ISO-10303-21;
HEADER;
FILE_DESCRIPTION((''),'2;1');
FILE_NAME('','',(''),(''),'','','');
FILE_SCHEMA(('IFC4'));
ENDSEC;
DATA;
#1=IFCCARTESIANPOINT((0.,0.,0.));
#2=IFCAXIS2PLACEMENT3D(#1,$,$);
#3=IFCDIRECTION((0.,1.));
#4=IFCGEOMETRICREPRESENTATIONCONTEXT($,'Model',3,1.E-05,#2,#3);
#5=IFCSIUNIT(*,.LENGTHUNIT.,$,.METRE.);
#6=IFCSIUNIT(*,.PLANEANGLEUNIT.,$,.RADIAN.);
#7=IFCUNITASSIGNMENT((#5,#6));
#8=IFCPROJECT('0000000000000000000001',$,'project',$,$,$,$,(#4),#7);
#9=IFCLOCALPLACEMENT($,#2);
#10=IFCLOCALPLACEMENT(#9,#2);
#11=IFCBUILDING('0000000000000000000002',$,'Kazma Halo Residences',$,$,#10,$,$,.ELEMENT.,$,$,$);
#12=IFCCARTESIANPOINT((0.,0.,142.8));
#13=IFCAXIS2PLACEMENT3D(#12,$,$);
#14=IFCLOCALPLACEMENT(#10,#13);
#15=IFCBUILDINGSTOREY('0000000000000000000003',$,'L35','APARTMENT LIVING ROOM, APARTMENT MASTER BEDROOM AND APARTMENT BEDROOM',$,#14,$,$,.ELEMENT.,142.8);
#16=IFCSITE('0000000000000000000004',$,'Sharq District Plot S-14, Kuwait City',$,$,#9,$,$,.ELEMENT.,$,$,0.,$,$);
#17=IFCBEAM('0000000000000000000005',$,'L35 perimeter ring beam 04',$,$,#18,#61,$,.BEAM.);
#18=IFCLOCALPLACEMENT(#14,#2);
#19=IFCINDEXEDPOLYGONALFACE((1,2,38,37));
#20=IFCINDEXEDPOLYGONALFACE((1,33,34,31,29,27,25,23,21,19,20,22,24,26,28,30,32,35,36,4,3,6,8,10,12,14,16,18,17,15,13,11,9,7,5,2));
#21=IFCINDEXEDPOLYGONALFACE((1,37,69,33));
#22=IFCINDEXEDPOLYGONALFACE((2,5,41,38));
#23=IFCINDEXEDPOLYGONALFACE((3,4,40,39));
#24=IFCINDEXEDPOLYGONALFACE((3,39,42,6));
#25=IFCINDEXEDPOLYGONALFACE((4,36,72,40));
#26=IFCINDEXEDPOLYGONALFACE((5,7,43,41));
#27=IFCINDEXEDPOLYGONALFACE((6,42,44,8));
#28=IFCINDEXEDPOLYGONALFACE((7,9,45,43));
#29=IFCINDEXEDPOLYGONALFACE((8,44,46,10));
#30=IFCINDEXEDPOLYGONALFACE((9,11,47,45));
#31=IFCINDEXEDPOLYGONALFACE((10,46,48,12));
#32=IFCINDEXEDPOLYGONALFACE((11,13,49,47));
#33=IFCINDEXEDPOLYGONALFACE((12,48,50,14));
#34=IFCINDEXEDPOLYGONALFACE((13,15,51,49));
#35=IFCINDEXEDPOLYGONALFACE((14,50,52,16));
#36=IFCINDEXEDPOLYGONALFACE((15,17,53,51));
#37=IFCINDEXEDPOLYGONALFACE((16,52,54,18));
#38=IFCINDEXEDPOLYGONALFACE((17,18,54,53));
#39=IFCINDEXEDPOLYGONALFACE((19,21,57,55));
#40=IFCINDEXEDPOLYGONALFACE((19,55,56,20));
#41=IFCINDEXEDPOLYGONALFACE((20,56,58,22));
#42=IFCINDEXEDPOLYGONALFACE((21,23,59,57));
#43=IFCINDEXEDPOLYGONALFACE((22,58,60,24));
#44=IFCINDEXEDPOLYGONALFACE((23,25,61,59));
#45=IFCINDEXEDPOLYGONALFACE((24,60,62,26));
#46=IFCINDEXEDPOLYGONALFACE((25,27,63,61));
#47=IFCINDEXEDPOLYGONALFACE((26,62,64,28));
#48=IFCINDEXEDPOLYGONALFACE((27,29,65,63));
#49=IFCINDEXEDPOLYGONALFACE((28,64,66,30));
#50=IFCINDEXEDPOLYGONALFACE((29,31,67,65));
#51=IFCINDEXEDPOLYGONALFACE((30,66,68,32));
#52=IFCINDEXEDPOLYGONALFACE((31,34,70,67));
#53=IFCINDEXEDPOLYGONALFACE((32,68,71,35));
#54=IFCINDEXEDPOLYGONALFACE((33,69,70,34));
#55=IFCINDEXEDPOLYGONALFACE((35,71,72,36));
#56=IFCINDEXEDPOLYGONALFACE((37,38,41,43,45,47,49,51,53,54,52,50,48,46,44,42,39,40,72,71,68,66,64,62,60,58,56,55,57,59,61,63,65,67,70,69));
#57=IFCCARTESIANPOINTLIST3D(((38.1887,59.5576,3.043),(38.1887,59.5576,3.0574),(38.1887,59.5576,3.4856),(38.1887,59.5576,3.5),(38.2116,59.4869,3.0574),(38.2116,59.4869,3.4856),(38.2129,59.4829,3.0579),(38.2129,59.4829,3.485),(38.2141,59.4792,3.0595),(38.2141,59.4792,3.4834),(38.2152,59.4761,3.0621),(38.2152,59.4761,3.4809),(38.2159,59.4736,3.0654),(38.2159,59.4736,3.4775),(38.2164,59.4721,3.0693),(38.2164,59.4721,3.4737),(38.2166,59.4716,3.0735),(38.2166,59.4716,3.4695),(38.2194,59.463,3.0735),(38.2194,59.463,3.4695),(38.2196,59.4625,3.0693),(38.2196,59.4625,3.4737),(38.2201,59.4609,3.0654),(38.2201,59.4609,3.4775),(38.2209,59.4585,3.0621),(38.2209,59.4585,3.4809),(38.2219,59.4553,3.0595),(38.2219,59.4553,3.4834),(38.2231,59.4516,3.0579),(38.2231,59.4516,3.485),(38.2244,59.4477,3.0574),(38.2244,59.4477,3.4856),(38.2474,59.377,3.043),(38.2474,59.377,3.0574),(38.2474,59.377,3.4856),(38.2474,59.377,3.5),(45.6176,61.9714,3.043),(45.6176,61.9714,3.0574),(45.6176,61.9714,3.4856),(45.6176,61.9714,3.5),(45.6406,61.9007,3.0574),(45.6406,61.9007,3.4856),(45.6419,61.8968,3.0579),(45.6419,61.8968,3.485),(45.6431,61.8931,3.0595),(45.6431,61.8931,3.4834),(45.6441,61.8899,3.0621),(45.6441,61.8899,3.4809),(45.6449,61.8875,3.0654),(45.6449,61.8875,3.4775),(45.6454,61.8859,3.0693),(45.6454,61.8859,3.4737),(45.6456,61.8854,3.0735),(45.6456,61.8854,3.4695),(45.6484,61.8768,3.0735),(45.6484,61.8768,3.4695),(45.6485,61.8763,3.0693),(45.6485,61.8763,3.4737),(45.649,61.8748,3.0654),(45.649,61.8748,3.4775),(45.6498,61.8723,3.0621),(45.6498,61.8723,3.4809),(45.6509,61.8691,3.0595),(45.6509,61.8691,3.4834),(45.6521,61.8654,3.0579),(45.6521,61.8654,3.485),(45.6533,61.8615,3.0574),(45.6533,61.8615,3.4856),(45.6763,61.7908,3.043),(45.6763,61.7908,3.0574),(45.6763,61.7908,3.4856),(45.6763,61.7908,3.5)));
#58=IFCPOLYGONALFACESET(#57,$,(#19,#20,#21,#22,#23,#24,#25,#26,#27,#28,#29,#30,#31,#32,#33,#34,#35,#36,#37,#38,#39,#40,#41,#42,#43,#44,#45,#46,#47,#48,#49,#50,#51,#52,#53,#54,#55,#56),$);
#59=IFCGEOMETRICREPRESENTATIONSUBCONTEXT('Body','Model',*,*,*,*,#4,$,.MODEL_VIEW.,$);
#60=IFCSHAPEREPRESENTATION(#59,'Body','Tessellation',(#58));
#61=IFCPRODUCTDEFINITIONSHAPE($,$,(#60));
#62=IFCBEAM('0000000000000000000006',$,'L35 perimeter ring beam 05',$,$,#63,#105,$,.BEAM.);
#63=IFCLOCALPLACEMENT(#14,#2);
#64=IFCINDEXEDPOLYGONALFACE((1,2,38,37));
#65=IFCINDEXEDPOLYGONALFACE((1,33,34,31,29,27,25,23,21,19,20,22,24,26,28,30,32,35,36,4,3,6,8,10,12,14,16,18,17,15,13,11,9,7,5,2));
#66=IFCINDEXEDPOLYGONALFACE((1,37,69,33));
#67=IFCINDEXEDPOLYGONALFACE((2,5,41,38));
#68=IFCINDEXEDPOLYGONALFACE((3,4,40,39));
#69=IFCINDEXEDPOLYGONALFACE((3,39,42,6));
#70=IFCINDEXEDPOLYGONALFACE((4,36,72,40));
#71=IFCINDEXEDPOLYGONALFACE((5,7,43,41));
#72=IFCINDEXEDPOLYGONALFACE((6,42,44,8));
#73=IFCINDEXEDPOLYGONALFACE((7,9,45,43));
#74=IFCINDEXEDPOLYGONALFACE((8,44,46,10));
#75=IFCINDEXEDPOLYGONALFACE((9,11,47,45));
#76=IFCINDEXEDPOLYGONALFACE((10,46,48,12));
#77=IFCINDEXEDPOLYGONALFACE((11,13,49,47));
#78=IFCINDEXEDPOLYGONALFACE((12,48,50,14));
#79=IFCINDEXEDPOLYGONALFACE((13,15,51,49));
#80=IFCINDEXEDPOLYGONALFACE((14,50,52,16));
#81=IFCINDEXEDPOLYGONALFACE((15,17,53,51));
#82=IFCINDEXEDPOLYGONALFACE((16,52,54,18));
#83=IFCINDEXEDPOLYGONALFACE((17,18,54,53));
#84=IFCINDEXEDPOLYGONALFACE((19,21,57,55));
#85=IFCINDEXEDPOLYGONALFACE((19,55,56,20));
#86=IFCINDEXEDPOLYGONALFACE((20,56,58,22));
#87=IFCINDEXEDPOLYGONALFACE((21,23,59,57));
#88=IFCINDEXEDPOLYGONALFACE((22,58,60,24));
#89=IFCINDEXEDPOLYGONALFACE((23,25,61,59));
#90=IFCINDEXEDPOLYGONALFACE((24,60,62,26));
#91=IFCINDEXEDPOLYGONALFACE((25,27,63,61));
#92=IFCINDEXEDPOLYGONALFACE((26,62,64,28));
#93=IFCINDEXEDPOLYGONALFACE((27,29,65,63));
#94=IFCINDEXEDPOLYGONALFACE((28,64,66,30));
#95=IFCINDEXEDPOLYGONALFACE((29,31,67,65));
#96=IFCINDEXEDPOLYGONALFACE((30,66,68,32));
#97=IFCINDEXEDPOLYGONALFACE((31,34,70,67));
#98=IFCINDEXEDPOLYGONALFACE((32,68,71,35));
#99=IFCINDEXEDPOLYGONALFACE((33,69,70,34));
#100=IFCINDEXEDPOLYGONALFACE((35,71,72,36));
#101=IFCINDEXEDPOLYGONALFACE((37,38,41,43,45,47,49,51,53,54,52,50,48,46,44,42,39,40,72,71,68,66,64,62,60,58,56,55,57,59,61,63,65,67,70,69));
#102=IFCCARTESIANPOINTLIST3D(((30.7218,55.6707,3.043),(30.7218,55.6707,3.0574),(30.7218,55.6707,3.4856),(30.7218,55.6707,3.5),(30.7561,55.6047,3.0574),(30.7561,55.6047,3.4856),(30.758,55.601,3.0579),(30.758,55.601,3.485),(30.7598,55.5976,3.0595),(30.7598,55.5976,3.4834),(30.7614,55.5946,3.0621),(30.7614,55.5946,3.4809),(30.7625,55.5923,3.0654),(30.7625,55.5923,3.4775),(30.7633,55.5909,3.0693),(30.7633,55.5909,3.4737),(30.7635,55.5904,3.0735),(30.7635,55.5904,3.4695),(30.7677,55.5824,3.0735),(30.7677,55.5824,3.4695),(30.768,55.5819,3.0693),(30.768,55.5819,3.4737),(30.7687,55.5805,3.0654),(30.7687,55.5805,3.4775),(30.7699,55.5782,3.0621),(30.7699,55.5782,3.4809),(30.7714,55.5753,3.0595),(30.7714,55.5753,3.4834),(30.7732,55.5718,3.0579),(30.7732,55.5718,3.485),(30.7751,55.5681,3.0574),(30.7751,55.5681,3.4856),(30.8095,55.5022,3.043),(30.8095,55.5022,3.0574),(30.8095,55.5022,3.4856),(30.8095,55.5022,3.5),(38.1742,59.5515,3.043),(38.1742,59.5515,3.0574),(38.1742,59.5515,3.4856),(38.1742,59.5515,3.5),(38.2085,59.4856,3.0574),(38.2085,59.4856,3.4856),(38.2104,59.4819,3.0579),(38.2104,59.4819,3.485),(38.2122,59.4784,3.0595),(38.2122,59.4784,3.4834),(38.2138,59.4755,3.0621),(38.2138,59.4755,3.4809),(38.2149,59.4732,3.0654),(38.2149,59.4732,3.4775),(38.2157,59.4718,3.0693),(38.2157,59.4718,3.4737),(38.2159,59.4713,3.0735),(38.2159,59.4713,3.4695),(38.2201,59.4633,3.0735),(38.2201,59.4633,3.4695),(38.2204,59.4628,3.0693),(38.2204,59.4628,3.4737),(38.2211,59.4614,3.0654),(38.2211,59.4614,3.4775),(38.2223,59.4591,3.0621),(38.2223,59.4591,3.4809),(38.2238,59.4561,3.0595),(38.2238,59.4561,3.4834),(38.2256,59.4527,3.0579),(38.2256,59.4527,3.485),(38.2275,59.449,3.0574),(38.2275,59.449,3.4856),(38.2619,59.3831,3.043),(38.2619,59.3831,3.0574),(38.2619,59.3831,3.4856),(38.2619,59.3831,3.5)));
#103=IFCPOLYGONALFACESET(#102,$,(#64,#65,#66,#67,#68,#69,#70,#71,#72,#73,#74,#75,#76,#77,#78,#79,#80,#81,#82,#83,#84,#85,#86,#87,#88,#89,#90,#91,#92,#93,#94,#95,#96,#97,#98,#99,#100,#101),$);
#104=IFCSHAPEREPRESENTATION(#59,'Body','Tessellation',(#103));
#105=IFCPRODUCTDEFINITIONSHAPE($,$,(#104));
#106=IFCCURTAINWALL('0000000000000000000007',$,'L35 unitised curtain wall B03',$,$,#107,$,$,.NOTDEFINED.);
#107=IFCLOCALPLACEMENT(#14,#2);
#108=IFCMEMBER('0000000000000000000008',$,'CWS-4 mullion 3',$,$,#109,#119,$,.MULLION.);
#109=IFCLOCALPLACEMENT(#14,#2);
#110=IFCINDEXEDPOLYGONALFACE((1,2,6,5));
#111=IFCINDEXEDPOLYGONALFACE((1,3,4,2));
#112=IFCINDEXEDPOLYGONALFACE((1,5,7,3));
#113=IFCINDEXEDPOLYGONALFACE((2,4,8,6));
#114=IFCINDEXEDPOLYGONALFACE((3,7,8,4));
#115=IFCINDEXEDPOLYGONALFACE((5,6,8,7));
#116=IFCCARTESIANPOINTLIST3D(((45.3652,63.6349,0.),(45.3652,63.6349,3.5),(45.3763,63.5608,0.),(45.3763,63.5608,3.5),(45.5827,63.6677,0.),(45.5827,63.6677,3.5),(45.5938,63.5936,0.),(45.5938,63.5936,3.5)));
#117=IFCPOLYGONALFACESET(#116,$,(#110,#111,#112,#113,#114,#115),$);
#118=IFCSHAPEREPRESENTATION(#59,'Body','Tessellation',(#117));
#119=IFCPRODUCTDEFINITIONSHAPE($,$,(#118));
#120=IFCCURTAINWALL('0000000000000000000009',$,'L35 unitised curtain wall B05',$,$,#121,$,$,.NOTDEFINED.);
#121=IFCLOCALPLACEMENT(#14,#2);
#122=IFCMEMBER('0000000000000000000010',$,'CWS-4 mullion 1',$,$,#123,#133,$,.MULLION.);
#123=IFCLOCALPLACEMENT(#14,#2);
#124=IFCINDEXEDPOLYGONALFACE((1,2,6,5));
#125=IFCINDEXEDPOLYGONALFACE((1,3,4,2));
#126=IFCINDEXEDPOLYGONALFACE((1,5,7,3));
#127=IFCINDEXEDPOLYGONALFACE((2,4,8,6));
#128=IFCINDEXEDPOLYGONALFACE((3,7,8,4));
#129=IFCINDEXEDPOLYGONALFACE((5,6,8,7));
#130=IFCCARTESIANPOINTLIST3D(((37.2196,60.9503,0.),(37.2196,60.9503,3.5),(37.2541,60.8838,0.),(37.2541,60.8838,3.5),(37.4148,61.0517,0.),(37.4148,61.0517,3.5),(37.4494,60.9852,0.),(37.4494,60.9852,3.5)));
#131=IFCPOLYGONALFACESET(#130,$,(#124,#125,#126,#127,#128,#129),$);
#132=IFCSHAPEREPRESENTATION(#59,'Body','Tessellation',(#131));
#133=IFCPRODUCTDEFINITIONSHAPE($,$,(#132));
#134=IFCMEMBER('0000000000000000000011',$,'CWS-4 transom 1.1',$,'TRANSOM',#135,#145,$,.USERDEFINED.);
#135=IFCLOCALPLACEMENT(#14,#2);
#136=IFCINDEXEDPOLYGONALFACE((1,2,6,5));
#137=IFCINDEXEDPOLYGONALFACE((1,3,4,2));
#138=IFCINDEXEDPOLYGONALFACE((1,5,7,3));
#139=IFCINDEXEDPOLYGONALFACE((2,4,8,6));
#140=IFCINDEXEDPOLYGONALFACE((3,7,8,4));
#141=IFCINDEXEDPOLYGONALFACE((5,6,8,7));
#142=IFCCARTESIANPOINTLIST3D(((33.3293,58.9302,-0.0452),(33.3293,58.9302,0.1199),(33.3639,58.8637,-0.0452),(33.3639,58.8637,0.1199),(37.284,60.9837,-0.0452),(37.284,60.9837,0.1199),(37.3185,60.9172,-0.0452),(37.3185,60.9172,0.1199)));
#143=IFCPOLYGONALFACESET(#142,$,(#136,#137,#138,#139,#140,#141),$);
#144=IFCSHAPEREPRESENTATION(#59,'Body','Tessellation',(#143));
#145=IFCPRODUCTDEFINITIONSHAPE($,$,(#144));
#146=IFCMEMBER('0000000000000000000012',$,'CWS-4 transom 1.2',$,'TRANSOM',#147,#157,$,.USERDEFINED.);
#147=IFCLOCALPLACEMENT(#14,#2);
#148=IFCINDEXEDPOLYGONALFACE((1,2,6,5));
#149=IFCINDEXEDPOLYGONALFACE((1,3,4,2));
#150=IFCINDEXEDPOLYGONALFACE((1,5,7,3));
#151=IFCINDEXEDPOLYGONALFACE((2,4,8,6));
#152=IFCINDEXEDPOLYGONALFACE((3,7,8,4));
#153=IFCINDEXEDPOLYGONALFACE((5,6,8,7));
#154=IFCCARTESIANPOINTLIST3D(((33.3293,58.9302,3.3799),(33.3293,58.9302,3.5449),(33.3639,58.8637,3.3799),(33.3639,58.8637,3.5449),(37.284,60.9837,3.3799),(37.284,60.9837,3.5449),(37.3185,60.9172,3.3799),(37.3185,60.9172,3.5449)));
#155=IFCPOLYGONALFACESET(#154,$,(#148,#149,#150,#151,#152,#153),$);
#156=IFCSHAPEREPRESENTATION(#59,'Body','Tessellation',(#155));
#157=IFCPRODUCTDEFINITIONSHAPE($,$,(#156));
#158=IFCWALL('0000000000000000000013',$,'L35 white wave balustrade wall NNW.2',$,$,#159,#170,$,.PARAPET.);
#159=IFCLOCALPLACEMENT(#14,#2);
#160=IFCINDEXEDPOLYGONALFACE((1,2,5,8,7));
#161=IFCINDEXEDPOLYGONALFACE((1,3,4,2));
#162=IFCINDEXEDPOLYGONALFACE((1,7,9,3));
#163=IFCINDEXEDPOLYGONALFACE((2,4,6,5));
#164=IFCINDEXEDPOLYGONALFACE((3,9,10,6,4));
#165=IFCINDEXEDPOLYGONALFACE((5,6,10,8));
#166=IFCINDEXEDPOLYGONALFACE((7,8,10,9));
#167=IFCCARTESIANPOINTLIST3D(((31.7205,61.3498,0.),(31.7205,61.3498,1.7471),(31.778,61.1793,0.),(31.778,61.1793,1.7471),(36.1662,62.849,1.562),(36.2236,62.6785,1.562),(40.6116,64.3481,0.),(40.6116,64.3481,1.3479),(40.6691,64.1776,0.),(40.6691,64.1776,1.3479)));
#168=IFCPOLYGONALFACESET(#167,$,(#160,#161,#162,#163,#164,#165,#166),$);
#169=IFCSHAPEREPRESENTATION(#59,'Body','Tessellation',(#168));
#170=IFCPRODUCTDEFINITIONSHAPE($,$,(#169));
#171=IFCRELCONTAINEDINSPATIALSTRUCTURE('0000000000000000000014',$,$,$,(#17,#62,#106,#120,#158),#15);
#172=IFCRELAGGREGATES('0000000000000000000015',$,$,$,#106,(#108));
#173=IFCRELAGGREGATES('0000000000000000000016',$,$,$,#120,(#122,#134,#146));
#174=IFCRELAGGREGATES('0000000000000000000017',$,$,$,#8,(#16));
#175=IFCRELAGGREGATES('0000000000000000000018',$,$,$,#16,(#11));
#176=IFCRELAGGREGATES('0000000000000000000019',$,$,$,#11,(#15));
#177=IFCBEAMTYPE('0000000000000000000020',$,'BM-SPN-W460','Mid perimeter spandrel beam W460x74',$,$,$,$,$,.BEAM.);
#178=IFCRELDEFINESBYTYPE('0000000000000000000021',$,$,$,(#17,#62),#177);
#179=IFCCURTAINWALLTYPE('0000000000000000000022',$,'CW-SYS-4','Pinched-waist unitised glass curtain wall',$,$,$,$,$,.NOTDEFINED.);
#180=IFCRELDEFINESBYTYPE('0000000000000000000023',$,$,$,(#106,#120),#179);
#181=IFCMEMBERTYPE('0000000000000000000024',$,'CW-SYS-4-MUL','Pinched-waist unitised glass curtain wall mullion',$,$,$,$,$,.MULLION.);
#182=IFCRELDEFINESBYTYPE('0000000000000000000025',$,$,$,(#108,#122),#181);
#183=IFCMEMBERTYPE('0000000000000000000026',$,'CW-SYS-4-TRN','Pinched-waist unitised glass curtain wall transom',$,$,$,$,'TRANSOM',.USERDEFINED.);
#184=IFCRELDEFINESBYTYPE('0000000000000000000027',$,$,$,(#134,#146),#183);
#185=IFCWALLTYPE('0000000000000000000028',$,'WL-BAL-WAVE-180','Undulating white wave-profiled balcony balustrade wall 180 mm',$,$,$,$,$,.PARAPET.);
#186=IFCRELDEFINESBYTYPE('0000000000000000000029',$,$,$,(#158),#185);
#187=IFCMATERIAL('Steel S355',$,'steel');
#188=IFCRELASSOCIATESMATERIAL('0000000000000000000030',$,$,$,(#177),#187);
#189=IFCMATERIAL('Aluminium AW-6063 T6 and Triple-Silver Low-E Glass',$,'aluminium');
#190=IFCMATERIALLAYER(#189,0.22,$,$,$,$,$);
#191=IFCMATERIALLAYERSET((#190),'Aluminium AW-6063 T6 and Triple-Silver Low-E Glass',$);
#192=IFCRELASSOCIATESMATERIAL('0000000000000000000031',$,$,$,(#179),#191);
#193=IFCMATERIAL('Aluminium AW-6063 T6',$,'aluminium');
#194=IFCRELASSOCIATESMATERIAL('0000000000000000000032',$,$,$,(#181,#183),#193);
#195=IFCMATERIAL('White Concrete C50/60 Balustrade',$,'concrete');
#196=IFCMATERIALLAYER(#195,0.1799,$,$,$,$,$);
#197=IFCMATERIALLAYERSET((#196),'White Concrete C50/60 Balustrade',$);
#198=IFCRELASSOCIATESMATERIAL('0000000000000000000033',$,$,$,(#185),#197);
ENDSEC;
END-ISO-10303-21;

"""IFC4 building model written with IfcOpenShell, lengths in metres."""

from ifc_helpers import new_model, si_unit, direction, frame, origin, origin_2d, place, context, subcontext, project, spatial, polyline, rectangle, i_section, outline, extrude, material, layer, layer_set, material_profile, profile_set, type_object, element, aggregate, save


model = new_model("IFC4")

# Units and contexts
model_context = context("Model", 3, precision=1e-05, world=origin(), true_north=direction((0.0, 1.0)))
body_context = subcontext(model_context, "Body", "Model", "MODEL_VIEW")
ifc_project = project(units=[si_unit("LENGTHUNIT", "METRE"), si_unit("PLANEANGLEUNIT", "RADIAN")], contexts=[model_context])

# Site, building, storey
site_placement = place(None, origin())
site = spatial("IfcSite", under=ifc_project, at=site_placement, Name="Sharq District Plot S-14, Kuwait City", CompositionType="ELEMENT", RefElevation=0.0)
building_placement = place(site_placement, origin())
building = spatial("IfcBuilding", under=site, at=building_placement, Name="Kazma Halo Residences", CompositionType="ELEMENT")
storey_placement = place(building_placement, frame((0.0, 0.0, 142.8)))
storey = spatial("IfcBuildingStorey", under=building, at=storey_placement, Name="L35", Description="APARTMENT LIVING ROOM, APARTMENT MASTER BEDROOM AND APARTMENT BEDROOM", CompositionType="ELEMENT", Elevation=142.8)

# Beams
ifc_material_1 = material(Name="Steel S355", Category="steel")
ifc_material_profile_1 = material_profile(ifc_material_1, i_section(OverallWidth=0.1899, OverallDepth=0.457, WebThickness=0.009, FlangeThickness=0.0144, FilletRadius=0.0161, at=origin_2d()), Name="W460x74")
ifc_profile_set_1 = profile_set([ifc_material_profile_1], Name="Steel S355")
beam_type_1 = type_object("IfcBeamType", Name="BM-SPN-W460", Description="Mid perimeter spandrel beam W460x74", PredefinedType="BEAM", material=ifc_profile_set_1)
beam_1_placement = place(storey_placement, frame((45.647, 61.8811, 3.2715), z_axis=(-0.951056, -0.309018, 0.0), x_axis=(0.309018, -0.951056, 0.0)))
element("IfcBeam", 1, at=beam_1_placement, inside=storey, type_object=beam_type_1, Name="L35 perimeter ring beam 04", PredefinedType="BEAM", context=body_context, shape_type="SweptSolid", body=[
    extrude(i_section(OverallWidth=0.1899, OverallDepth=0.457, WebThickness=0.009, FlangeThickness=0.0144, FilletRadius=0.0161, at=origin_2d()), origin(), (0.0, 0.0, 1.0), 7.8113),
])
beam_2_placement = place(storey_placement, frame((38.218, 59.4673, 3.2715), z_axis=(-0.886943, -0.461879, 0.0), x_axis=(0.461879, -0.886943, 0.0)))
element("IfcBeam", 2, at=beam_2_placement, inside=storey, type_object=beam_type_1, Name="L35 perimeter ring beam 05", PredefinedType="BEAM", context=body_context, shape_type="SweptSolid", body=[
    extrude(i_section(OverallWidth=0.1899, OverallDepth=0.457, WebThickness=0.009, FlangeThickness=0.0144, FilletRadius=0.0161, at=origin_2d()), origin(), (0.0, 0.0, 1.0), 8.4023),
])

# Curtain wall, member
ifc_material_2 = material(Name="Aluminium AW-6063 T6 and Triple-Silver Low-E Glass", Category="aluminium")
ifc_layer_1 = layer(ifc_material_2, 0.22)
ifc_layer_set_1 = layer_set([ifc_layer_1], Name="Aluminium AW-6063 T6 and Triple-Silver Low-E Glass")
curtain_wall_type = type_object("IfcCurtainWallType", Name="CW-SYS-4", Description="Pinched-waist unitised glass curtain wall", PredefinedType="NOTDEFINED", material=ifc_layer_set_1)
curtain_wall_1_placement = place(storey_placement, origin())
curtain_wall_1 = element("IfcCurtainWall", 3, at=curtain_wall_1_placement, inside=storey, type_object=curtain_wall_type, Name="L35 unitised curtain wall B03", PredefinedType="NOTDEFINED")
ifc_material_3 = material(Name="Aluminium AW-6063 T6", Category="aluminium")
ifc_material_profile_2 = material_profile(ifc_material_3, rectangle(XDim=0.075, YDim=0.22, at=origin_2d()), Name="CWM-75x220")
ifc_profile_set_2 = profile_set([ifc_material_profile_2], Name="Aluminium AW-6063 T6")
member_type_1 = type_object("IfcMemberType", Name="CW-SYS-4-MUL", Description="Pinched-waist unitised glass curtain wall mullion", PredefinedType="MULLION", material=ifc_profile_set_2)
member_1_placement = place(storey_placement, frame((45.4795, 63.6143, 0.0), z_axis=(0.0, 0.0, 1.0), x_axis=(0.148821, -0.988864, 0.0)))
member_1 = element("IfcMember", 4, at=member_1_placement, type_object=member_type_1, Name="CWS-4 mullion 3", PredefinedType="MULLION", context=body_context, shape_type="SweptSolid", body=[
    extrude(rectangle(XDim=0.075, YDim=0.22, at=origin_2d()), origin(), (0.0, 0.0, 1.0), 3.5),
])
aggregate(curtain_wall_1, [member_1])

# Curtain wall, members
curtain_wall_2_placement = place(storey_placement, origin())
curtain_wall_2 = element("IfcCurtainWall", 5, at=curtain_wall_2_placement, inside=storey, type_object=curtain_wall_type, Name="L35 unitised curtain wall B05", PredefinedType="NOTDEFINED")
member_2_placement = place(storey_placement, frame((37.3345, 60.9678, 0.0), z_axis=(0.0, 0.0, 1.0), x_axis=(0.460837, -0.887485, 0.0)))
member_2 = element("IfcMember", 6, at=member_2_placement, type_object=member_type_1, Name="CWS-4 mullion 1", PredefinedType="MULLION", context=body_context, shape_type="SweptSolid", body=[
    extrude(rectangle(XDim=0.075, YDim=0.22, at=origin_2d()), origin(), (0.0, 0.0, 1.0), 3.5),
])
ifc_material_profile_3 = material_profile(ifc_material_3, rectangle(XDim=0.075, YDim=0.165, at=origin_2d()), Name="CWT-75x165")
ifc_profile_set_3 = profile_set([ifc_material_profile_3], Name="Aluminium AW-6063 T6")
member_type_2 = type_object("IfcMemberType", Name="CW-SYS-4-TRN", Description="Pinched-waist unitised glass curtain wall transom", ElementType="TRANSOM", PredefinedType="USERDEFINED", material=ifc_profile_set_3)
member_3_placement = place(storey_placement, frame((37.3013, 60.9504, 0.0374), z_axis=(-0.887485, -0.460837, 0.0), x_axis=(0.460837, -0.887485, 0.0)))
member_3 = element("IfcMember", 7, at=member_3_placement, type_object=member_type_2, Name="CWS-4 transom 1.1", ObjectType="TRANSOM", PredefinedType="USERDEFINED", context=body_context, shape_type="SweptSolid", body=[
    extrude(rectangle(XDim=0.075, YDim=0.165, at=origin_2d()), origin(), (0.0, 0.0, 1.0), 4.4561),
])
member_4_placement = place(storey_placement, frame((37.3013, 60.9504, 3.4624), z_axis=(-0.887485, -0.460837, 0.0), x_axis=(0.460837, -0.887485, 0.0)))
member_4 = element("IfcMember", 8, at=member_4_placement, type_object=member_type_2, Name="CWS-4 transom 1.2", ObjectType="TRANSOM", PredefinedType="USERDEFINED", context=body_context, shape_type="SweptSolid", body=[
    extrude(rectangle(XDim=0.075, YDim=0.165, at=origin_2d()), origin(), (0.0, 0.0, 1.0), 4.4561),
])
aggregate(curtain_wall_2, [member_2, member_3, member_4])

# Wall
ifc_material_4 = material(Name="White Concrete C50/60 Balustrade", Category="concrete")
ifc_layer_2 = layer(ifc_material_4, 0.1799)
ifc_layer_set_2 = layer_set([ifc_layer_2], Name="White Concrete C50/60 Balustrade")
wall_type_1 = type_object("IfcWallType", Name="WL-BAL-WAVE-180", Description="Undulating white wave-profiled balcony balustrade wall 180 mm", PredefinedType="PARAPET", material=ifc_layer_set_2)
wall_1_placement = place(storey_placement, frame((40.6404, 64.2627, 0.0), z_axis=(0.0, 0.0, 1.0), x_axis=(-0.947572, -0.319543, 0.0)))
element("IfcWall", 9, at=wall_1_placement, inside=storey, type_object=wall_type_1, Name="L35 white wave balustrade wall NNW.2", PredefinedType="PARAPET", context=body_context, shape_type="SweptSolid", body=[
    extrude(outline(polyline([(0.0, 0.0), (9.3831, 0.0), (9.3831, 1.7471), (4.6914, 1.562), (0.0, 1.3479), (0.0, 0.0)])), frame((0.0, 0.0898, 0.0), z_axis=(0.0, -1.0, 0.0), x_axis=(1.0, 0.0, 0.0)), (0.0, 0.0, 1.0), 0.1799),
])

save(model, "model.ifc")
